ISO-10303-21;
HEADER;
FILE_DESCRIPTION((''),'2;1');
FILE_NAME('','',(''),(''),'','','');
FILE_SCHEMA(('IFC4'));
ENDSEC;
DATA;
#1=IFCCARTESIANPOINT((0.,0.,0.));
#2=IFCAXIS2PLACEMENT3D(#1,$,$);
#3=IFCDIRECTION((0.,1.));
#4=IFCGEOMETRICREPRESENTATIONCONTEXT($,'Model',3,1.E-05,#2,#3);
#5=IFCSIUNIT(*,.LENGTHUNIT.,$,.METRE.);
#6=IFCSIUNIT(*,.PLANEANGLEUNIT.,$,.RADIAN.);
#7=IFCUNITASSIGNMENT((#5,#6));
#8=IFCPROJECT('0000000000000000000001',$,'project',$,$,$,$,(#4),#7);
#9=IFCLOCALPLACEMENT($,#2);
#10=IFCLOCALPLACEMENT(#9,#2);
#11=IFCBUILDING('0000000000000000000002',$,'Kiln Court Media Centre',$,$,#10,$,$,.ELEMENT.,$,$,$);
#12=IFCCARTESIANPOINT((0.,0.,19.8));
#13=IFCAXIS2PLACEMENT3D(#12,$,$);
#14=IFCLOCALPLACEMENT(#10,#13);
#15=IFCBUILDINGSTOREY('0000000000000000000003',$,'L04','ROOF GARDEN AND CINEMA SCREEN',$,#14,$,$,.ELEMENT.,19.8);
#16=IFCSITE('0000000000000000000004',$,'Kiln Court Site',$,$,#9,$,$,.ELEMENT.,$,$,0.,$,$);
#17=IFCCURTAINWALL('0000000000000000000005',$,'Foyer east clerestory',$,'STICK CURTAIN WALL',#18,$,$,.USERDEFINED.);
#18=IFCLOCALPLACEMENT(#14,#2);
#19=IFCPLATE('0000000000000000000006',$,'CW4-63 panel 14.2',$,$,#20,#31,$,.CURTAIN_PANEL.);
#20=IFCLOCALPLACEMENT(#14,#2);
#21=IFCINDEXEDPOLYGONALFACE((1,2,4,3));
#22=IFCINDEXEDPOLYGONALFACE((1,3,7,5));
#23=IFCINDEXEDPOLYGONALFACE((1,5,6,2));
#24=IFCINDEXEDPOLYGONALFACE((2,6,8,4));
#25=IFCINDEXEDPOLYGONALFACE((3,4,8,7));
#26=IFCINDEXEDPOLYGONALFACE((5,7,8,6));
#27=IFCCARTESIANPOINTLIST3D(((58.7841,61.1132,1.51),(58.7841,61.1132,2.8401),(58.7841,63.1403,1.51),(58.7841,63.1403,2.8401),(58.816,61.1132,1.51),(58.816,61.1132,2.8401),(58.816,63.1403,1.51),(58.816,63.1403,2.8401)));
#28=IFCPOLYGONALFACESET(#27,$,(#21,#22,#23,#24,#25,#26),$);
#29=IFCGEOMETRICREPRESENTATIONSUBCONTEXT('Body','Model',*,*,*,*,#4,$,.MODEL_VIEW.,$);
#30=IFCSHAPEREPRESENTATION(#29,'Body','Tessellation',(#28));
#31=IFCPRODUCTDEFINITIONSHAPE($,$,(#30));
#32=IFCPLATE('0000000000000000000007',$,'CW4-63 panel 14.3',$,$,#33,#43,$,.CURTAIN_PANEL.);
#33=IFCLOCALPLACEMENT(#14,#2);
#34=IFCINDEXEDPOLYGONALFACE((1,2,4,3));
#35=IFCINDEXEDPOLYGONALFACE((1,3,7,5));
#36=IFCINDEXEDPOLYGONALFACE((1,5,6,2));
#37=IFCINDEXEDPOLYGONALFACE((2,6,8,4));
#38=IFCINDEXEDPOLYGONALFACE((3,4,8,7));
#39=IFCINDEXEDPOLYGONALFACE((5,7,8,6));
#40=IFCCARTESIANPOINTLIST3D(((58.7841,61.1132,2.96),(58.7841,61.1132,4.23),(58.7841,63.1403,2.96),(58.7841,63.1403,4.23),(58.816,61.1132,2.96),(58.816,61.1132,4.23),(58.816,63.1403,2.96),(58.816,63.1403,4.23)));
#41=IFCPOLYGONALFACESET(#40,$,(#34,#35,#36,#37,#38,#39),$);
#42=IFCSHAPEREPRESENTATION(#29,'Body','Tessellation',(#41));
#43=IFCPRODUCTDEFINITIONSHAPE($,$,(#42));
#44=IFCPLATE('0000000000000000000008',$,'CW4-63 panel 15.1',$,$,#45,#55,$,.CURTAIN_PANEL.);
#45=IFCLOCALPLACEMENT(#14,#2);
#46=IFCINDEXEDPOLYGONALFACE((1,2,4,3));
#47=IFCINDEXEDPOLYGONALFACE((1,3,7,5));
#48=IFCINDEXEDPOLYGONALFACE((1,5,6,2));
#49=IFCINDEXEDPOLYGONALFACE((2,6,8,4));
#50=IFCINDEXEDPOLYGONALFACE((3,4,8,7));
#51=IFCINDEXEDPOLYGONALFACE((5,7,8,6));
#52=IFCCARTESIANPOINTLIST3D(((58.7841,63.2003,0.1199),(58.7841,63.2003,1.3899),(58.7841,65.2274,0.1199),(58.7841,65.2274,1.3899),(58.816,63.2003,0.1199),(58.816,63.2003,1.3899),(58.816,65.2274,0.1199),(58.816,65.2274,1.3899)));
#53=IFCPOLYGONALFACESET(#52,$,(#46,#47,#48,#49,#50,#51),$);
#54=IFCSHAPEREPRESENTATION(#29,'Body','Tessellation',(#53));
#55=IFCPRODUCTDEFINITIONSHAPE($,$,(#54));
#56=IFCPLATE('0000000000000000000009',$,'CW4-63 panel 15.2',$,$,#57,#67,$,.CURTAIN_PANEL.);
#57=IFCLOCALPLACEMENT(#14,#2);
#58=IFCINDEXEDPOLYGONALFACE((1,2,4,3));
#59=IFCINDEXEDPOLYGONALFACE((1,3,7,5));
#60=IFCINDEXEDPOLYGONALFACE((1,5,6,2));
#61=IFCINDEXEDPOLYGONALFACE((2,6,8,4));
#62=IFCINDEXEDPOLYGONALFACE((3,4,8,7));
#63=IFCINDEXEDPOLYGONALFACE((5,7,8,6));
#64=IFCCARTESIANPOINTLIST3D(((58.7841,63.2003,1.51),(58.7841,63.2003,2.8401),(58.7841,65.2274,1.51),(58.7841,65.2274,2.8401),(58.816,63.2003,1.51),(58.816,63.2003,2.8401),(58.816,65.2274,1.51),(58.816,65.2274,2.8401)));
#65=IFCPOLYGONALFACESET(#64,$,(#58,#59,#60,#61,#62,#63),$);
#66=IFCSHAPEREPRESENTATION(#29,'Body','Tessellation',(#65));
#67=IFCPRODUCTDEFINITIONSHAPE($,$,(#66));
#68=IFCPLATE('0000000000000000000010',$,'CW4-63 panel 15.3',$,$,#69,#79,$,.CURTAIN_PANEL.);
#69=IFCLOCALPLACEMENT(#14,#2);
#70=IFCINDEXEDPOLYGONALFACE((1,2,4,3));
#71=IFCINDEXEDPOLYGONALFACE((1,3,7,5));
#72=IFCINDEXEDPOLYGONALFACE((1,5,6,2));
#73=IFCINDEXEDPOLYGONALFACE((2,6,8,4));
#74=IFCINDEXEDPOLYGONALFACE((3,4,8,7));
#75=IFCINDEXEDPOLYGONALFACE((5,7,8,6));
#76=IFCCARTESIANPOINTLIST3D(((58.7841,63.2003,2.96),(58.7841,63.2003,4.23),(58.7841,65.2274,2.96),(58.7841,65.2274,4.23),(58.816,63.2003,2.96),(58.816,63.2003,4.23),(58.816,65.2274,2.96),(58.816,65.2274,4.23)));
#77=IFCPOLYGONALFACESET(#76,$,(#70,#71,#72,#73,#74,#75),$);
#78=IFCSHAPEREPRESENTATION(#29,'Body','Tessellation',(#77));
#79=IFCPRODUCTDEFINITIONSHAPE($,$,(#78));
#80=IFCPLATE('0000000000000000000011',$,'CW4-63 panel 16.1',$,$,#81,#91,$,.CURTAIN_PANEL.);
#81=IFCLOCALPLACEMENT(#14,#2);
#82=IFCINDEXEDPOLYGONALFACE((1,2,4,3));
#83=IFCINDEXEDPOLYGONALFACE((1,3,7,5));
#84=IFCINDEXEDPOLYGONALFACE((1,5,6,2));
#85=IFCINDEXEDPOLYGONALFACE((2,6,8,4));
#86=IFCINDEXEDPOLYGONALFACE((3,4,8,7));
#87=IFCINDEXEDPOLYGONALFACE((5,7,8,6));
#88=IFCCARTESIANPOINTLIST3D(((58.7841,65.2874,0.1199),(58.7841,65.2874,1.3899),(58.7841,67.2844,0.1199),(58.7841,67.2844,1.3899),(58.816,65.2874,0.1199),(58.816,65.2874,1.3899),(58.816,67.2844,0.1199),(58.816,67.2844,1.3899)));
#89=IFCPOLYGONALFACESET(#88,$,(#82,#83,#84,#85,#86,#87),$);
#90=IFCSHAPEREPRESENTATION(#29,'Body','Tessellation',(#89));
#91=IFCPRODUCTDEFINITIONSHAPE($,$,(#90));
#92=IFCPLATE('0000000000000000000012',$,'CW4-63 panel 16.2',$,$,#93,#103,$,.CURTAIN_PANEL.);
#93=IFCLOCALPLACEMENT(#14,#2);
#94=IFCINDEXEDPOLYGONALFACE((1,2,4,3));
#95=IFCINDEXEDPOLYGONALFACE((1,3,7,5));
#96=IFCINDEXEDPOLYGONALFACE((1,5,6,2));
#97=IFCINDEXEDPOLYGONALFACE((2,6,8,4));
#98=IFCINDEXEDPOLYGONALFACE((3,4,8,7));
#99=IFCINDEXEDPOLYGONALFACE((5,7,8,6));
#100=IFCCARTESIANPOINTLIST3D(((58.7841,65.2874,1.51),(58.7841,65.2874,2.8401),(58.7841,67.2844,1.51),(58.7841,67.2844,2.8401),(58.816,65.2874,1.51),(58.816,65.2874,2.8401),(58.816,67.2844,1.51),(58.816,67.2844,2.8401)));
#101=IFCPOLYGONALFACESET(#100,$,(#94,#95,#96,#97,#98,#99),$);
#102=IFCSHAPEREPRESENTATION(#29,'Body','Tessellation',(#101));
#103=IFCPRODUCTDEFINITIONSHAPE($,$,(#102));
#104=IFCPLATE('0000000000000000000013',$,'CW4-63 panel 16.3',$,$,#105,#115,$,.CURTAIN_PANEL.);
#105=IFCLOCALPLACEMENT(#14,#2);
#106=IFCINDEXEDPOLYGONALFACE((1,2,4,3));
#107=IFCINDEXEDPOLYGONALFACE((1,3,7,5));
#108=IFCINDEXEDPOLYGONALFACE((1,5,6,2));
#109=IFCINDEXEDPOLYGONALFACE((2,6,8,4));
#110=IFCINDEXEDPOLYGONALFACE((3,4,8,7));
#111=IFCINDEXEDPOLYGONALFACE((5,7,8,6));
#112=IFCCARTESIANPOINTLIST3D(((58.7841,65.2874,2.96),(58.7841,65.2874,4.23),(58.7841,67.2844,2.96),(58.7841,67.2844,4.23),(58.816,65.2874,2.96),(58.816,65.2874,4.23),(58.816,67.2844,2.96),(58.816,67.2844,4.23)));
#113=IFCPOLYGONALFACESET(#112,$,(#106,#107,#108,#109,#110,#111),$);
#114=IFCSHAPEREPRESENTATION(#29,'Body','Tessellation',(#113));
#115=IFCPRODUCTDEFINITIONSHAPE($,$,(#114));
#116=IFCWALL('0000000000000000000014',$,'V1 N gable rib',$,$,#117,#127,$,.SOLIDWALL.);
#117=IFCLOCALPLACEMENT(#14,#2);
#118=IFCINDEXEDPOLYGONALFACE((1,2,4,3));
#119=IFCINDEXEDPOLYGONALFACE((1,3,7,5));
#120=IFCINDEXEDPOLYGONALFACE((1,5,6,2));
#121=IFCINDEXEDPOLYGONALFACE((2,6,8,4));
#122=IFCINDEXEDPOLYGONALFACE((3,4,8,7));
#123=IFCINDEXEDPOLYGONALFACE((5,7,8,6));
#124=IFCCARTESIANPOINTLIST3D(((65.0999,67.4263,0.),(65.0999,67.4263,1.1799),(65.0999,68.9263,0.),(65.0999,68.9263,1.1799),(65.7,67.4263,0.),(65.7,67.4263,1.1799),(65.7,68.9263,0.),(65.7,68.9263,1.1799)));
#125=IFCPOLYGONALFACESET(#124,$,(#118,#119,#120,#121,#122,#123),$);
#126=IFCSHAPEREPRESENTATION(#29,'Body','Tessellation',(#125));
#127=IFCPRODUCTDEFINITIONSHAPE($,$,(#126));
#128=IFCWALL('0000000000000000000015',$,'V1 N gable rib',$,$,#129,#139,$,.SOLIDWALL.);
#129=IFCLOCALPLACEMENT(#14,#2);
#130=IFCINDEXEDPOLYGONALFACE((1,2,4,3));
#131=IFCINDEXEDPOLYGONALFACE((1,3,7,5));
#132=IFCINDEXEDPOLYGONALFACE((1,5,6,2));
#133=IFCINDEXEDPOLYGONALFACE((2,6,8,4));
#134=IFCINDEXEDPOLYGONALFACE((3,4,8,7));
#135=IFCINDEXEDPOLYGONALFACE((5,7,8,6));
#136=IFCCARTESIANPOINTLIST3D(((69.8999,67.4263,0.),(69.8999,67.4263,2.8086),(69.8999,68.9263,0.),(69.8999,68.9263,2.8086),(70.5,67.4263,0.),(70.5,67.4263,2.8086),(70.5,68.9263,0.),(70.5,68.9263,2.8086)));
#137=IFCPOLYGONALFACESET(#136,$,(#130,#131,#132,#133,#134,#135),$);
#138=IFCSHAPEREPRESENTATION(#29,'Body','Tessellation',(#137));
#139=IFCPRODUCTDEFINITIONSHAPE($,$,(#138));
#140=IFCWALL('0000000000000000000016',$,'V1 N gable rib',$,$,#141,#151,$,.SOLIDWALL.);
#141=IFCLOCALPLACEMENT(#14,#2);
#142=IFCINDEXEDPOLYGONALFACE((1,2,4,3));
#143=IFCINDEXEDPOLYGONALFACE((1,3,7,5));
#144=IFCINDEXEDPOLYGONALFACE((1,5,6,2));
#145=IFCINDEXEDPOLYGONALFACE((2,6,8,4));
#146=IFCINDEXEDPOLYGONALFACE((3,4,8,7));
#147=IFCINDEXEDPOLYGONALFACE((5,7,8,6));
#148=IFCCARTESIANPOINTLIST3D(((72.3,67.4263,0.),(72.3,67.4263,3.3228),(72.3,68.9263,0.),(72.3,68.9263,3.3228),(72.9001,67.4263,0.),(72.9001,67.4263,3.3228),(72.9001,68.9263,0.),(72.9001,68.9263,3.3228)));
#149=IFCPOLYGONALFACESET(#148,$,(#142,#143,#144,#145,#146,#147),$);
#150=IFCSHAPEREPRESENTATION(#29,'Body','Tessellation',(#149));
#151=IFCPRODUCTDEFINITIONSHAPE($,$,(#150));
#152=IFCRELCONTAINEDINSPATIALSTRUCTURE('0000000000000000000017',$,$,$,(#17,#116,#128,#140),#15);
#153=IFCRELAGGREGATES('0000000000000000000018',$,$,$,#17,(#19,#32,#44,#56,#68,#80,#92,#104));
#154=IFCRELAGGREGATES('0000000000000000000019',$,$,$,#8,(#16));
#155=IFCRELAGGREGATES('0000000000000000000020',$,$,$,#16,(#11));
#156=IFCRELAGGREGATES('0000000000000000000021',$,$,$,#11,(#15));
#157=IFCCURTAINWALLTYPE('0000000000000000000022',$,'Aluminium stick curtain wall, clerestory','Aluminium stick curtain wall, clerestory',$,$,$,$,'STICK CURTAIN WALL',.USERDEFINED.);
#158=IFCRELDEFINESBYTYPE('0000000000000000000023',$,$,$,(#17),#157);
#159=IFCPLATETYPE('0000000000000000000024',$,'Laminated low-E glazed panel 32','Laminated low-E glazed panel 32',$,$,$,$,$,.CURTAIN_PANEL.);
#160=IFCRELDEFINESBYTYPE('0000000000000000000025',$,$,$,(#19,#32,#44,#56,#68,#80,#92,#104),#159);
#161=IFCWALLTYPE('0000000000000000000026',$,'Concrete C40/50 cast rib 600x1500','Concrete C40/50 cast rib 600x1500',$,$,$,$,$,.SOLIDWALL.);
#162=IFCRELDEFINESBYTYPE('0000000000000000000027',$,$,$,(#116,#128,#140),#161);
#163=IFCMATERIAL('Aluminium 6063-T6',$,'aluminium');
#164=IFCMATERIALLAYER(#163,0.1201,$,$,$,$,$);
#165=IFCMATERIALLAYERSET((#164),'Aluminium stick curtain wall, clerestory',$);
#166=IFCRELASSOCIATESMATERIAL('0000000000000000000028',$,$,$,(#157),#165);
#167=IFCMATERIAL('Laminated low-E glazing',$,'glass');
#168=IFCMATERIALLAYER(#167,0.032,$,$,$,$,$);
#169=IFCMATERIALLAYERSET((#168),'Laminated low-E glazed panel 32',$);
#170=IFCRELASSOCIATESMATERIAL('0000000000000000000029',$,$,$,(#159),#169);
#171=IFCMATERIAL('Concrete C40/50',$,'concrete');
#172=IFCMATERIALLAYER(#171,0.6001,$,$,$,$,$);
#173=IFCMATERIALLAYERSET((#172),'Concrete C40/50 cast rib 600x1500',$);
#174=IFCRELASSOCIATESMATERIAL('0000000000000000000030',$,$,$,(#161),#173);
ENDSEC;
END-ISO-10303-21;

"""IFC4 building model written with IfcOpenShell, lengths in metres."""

from ifc_helpers import new_model, si_unit, direction, frame, frame_2d, origin, origin_2d, place, context, subcontext, project, spatial, rectangle, extrude, material, layer, layer_set, type_object, element, aggregate, save


model = new_model("IFC4")

# Units and contexts
model_context = context("Model", 3, precision=1e-05, world=origin(), true_north=direction((0.0, 1.0)))
body_context = subcontext(model_context, "Body", "Model", "MODEL_VIEW")
ifc_project = project(units=[si_unit("LENGTHUNIT", "METRE"), si_unit("PLANEANGLEUNIT", "RADIAN")], contexts=[model_context])

# Site, building, storey
site_placement = place(None, origin())
site = spatial("IfcSite", under=ifc_project, at=site_placement, Name="Kiln Court Site", CompositionType="ELEMENT", RefElevation=0.0)
building_placement = place(site_placement, origin())
building = spatial("IfcBuilding", under=site, at=building_placement, Name="Kiln Court Media Centre", CompositionType="ELEMENT")
storey_placement = place(building_placement, frame((0.0, 0.0, 19.8)))
storey = spatial("IfcBuildingStorey", under=building, at=storey_placement, Name="L04", Description="ROOF GARDEN AND CINEMA SCREEN", CompositionType="ELEMENT", Elevation=19.8)

# Curtain wall, plates
ifc_material_1 = material(Name="Aluminium 6063-T6", Category="aluminium")
ifc_layer_1 = layer(ifc_material_1, 0.1201)
ifc_layer_set_1 = layer_set([ifc_layer_1], Name="Aluminium stick curtain wall, clerestory")
curtain_wall_type = type_object("IfcCurtainWallType", Name="Aluminium stick curtain wall, clerestory", Description="Aluminium stick curtain wall, clerestory", ElementType="STICK CURTAIN WALL", PredefinedType="USERDEFINED", material=ifc_layer_set_1)
curtain_wall_placement = place(storey_placement, origin())
curtain_wall = element("IfcCurtainWall", 1, at=curtain_wall_placement, inside=storey, type_object=curtain_wall_type, Name="Foyer east clerestory", ObjectType="STICK CURTAIN WALL", PredefinedType="USERDEFINED")
ifc_material_2 = material(Name="Laminated low-E glazing", Category="glass")
ifc_layer_2 = layer(ifc_material_2, 0.032)
ifc_layer_set_2 = layer_set([ifc_layer_2], Name="Laminated low-E glazed panel 32")
plate_type = type_object("IfcPlateType", Name="Laminated low-E glazed panel 32", Description="Laminated low-E glazed panel 32", PredefinedType="CURTAIN_PANEL", material=ifc_layer_set_2)
plate_1_placement = place(storey_placement, frame((58.8, 62.1267, 1.51), z_axis=(0.0, 0.0, 1.0), x_axis=(0.0, 1.0, 0.0)))
plate_1 = element("IfcPlate", 2, at=plate_1_placement, type_object=plate_type, Name="CW4-63 panel 14.2", PredefinedType="CURTAIN_PANEL", context=body_context, shape_type="SweptSolid", body=[
    extrude(rectangle(XDim=2.0271, YDim=0.032, at=origin_2d()), origin(), (0.0, 0.0, 1.0), 1.3301),
])
plate_2_placement = place(storey_placement, frame((58.8, 62.1267, 2.96), z_axis=(0.0, 0.0, 1.0), x_axis=(0.0, 1.0, 0.0)))
plate_2 = element("IfcPlate", 3, at=plate_2_placement, type_object=plate_type, Name="CW4-63 panel 14.3", PredefinedType="CURTAIN_PANEL", context=body_context, shape_type="SweptSolid", body=[
    extrude(rectangle(XDim=2.0271, YDim=0.032, at=origin_2d()), origin(), (0.0, 0.0, 1.0), 1.27),
])
plate_3_placement = place(storey_placement, frame((58.8, 64.2139, 0.1199), z_axis=(0.0, 0.0, 1.0), x_axis=(0.0, 1.0, 0.0)))
plate_3 = element("IfcPlate", 4, at=plate_3_placement, type_object=plate_type, Name="CW4-63 panel 15.1", PredefinedType="CURTAIN_PANEL", context=body_context, shape_type="SweptSolid", body=[
    extrude(rectangle(XDim=2.0271, YDim=0.032, at=origin_2d()), origin(), (0.0, 0.0, 1.0), 1.27),
])
plate_4_placement = place(storey_placement, frame((58.8, 64.2139, 1.51), z_axis=(0.0, 0.0, 1.0), x_axis=(0.0, 1.0, 0.0)))
plate_4 = element("IfcPlate", 5, at=plate_4_placement, type_object=plate_type, Name="CW4-63 panel 15.2", PredefinedType="CURTAIN_PANEL", context=body_context, shape_type="SweptSolid", body=[
    extrude(rectangle(XDim=2.0271, YDim=0.032, at=origin_2d()), origin(), (0.0, 0.0, 1.0), 1.3301),
])
plate_5_placement = place(storey_placement, frame((58.8, 64.2139, 2.96), z_axis=(0.0, 0.0, 1.0), x_axis=(0.0, 1.0, 0.0)))
plate_5 = element("IfcPlate", 6, at=plate_5_placement, type_object=plate_type, Name="CW4-63 panel 15.3", PredefinedType="CURTAIN_PANEL", context=body_context, shape_type="SweptSolid", body=[
    extrude(rectangle(XDim=2.0271, YDim=0.032, at=origin_2d()), origin(), (0.0, 0.0, 1.0), 1.27),
])
plate_6_placement = place(storey_placement, frame((58.8, 66.2859, 0.1199), z_axis=(0.0, 0.0, 1.0), x_axis=(0.0, 1.0, 0.0)))
plate_6 = element("IfcPlate", 7, at=plate_6_placement, type_object=plate_type, Name="CW4-63 panel 16.1", PredefinedType="CURTAIN_PANEL", context=body_context, shape_type="SweptSolid", body=[
    extrude(rectangle(XDim=1.9971, YDim=0.032, at=origin_2d()), origin(), (0.0, 0.0, 1.0), 1.27),
])
plate_7_placement = place(storey_placement, frame((58.8, 66.2859, 1.51), z_axis=(0.0, 0.0, 1.0), x_axis=(0.0, 1.0, 0.0)))
plate_7 = element("IfcPlate", 8, at=plate_7_placement, type_object=plate_type, Name="CW4-63 panel 16.2", PredefinedType="CURTAIN_PANEL", context=body_context, shape_type="SweptSolid", body=[
    extrude(rectangle(XDim=1.9971, YDim=0.032, at=origin_2d()), origin(), (0.0, 0.0, 1.0), 1.3301),
])
plate_8_placement = place(storey_placement, frame((58.8, 66.2859, 2.96), z_axis=(0.0, 0.0, 1.0), x_axis=(0.0, 1.0, 0.0)))
plate_8 = element("IfcPlate", 9, at=plate_8_placement, type_object=plate_type, Name="CW4-63 panel 16.3", PredefinedType="CURTAIN_PANEL", context=body_context, shape_type="SweptSolid", body=[
    extrude(rectangle(XDim=1.9971, YDim=0.032, at=origin_2d()), origin(), (0.0, 0.0, 1.0), 1.27),
])
aggregate(curtain_wall, [plate_1, plate_2, plate_3, plate_4, plate_5, plate_6, plate_7, plate_8])

# Walls
ifc_material_3 = material(Name="Concrete C40/50", Category="concrete")
ifc_layer_3 = layer(ifc_material_3, 0.6001)
ifc_layer_set_3 = layer_set([ifc_layer_3], Name="Concrete C40/50 cast rib 600x1500")
wall_type = type_object("IfcWallType", Name="Concrete C40/50 cast rib 600x1500", Description="Concrete C40/50 cast rib 600x1500", PredefinedType="SOLIDWALL", material=ifc_layer_set_3)
wall_1_placement = place(storey_placement, frame((65.3999, 67.4263, 0.0), z_axis=(0.0, 0.0, 1.0), x_axis=(0.0, 1.0, 0.0)))
element("IfcWall", 10, at=wall_1_placement, inside=storey, type_object=wall_type, Name="V1 N gable rib", PredefinedType="SOLIDWALL", context=body_context, shape_type="SweptSolid", body=[
    extrude(rectangle(XDim=1.5, YDim=0.6001, at=frame_2d((0.75, 0.0))), origin(), (0.0, 0.0, 1.0), 1.1799),
])
wall_2_placement = place(storey_placement, frame((70.2, 67.4263, 0.0), z_axis=(0.0, 0.0, 1.0), x_axis=(0.0, 1.0, 0.0)))
element("IfcWall", 11, at=wall_2_placement, inside=storey, type_object=wall_type, Name="V1 N gable rib", PredefinedType="SOLIDWALL", context=body_context, shape_type="SweptSolid", body=[
    extrude(rectangle(XDim=1.5, YDim=0.6001, at=frame_2d((0.75, 0.0))), origin(), (0.0, 0.0, 1.0), 2.8086),
])
wall_3_placement = place(storey_placement, frame((72.6001, 67.4263, 0.0), z_axis=(0.0, 0.0, 1.0), x_axis=(0.0, 1.0, 0.0)))
element("IfcWall", 12, at=wall_3_placement, inside=storey, type_object=wall_type, Name="V1 N gable rib", PredefinedType="SOLIDWALL", context=body_context, shape_type="SweptSolid", body=[
    extrude(rectangle(XDim=1.5, YDim=0.6001, at=frame_2d((0.75, 0.0))), origin(), (0.0, 0.0, 1.0), 3.3228),
])

save(model, "model.ifc")
